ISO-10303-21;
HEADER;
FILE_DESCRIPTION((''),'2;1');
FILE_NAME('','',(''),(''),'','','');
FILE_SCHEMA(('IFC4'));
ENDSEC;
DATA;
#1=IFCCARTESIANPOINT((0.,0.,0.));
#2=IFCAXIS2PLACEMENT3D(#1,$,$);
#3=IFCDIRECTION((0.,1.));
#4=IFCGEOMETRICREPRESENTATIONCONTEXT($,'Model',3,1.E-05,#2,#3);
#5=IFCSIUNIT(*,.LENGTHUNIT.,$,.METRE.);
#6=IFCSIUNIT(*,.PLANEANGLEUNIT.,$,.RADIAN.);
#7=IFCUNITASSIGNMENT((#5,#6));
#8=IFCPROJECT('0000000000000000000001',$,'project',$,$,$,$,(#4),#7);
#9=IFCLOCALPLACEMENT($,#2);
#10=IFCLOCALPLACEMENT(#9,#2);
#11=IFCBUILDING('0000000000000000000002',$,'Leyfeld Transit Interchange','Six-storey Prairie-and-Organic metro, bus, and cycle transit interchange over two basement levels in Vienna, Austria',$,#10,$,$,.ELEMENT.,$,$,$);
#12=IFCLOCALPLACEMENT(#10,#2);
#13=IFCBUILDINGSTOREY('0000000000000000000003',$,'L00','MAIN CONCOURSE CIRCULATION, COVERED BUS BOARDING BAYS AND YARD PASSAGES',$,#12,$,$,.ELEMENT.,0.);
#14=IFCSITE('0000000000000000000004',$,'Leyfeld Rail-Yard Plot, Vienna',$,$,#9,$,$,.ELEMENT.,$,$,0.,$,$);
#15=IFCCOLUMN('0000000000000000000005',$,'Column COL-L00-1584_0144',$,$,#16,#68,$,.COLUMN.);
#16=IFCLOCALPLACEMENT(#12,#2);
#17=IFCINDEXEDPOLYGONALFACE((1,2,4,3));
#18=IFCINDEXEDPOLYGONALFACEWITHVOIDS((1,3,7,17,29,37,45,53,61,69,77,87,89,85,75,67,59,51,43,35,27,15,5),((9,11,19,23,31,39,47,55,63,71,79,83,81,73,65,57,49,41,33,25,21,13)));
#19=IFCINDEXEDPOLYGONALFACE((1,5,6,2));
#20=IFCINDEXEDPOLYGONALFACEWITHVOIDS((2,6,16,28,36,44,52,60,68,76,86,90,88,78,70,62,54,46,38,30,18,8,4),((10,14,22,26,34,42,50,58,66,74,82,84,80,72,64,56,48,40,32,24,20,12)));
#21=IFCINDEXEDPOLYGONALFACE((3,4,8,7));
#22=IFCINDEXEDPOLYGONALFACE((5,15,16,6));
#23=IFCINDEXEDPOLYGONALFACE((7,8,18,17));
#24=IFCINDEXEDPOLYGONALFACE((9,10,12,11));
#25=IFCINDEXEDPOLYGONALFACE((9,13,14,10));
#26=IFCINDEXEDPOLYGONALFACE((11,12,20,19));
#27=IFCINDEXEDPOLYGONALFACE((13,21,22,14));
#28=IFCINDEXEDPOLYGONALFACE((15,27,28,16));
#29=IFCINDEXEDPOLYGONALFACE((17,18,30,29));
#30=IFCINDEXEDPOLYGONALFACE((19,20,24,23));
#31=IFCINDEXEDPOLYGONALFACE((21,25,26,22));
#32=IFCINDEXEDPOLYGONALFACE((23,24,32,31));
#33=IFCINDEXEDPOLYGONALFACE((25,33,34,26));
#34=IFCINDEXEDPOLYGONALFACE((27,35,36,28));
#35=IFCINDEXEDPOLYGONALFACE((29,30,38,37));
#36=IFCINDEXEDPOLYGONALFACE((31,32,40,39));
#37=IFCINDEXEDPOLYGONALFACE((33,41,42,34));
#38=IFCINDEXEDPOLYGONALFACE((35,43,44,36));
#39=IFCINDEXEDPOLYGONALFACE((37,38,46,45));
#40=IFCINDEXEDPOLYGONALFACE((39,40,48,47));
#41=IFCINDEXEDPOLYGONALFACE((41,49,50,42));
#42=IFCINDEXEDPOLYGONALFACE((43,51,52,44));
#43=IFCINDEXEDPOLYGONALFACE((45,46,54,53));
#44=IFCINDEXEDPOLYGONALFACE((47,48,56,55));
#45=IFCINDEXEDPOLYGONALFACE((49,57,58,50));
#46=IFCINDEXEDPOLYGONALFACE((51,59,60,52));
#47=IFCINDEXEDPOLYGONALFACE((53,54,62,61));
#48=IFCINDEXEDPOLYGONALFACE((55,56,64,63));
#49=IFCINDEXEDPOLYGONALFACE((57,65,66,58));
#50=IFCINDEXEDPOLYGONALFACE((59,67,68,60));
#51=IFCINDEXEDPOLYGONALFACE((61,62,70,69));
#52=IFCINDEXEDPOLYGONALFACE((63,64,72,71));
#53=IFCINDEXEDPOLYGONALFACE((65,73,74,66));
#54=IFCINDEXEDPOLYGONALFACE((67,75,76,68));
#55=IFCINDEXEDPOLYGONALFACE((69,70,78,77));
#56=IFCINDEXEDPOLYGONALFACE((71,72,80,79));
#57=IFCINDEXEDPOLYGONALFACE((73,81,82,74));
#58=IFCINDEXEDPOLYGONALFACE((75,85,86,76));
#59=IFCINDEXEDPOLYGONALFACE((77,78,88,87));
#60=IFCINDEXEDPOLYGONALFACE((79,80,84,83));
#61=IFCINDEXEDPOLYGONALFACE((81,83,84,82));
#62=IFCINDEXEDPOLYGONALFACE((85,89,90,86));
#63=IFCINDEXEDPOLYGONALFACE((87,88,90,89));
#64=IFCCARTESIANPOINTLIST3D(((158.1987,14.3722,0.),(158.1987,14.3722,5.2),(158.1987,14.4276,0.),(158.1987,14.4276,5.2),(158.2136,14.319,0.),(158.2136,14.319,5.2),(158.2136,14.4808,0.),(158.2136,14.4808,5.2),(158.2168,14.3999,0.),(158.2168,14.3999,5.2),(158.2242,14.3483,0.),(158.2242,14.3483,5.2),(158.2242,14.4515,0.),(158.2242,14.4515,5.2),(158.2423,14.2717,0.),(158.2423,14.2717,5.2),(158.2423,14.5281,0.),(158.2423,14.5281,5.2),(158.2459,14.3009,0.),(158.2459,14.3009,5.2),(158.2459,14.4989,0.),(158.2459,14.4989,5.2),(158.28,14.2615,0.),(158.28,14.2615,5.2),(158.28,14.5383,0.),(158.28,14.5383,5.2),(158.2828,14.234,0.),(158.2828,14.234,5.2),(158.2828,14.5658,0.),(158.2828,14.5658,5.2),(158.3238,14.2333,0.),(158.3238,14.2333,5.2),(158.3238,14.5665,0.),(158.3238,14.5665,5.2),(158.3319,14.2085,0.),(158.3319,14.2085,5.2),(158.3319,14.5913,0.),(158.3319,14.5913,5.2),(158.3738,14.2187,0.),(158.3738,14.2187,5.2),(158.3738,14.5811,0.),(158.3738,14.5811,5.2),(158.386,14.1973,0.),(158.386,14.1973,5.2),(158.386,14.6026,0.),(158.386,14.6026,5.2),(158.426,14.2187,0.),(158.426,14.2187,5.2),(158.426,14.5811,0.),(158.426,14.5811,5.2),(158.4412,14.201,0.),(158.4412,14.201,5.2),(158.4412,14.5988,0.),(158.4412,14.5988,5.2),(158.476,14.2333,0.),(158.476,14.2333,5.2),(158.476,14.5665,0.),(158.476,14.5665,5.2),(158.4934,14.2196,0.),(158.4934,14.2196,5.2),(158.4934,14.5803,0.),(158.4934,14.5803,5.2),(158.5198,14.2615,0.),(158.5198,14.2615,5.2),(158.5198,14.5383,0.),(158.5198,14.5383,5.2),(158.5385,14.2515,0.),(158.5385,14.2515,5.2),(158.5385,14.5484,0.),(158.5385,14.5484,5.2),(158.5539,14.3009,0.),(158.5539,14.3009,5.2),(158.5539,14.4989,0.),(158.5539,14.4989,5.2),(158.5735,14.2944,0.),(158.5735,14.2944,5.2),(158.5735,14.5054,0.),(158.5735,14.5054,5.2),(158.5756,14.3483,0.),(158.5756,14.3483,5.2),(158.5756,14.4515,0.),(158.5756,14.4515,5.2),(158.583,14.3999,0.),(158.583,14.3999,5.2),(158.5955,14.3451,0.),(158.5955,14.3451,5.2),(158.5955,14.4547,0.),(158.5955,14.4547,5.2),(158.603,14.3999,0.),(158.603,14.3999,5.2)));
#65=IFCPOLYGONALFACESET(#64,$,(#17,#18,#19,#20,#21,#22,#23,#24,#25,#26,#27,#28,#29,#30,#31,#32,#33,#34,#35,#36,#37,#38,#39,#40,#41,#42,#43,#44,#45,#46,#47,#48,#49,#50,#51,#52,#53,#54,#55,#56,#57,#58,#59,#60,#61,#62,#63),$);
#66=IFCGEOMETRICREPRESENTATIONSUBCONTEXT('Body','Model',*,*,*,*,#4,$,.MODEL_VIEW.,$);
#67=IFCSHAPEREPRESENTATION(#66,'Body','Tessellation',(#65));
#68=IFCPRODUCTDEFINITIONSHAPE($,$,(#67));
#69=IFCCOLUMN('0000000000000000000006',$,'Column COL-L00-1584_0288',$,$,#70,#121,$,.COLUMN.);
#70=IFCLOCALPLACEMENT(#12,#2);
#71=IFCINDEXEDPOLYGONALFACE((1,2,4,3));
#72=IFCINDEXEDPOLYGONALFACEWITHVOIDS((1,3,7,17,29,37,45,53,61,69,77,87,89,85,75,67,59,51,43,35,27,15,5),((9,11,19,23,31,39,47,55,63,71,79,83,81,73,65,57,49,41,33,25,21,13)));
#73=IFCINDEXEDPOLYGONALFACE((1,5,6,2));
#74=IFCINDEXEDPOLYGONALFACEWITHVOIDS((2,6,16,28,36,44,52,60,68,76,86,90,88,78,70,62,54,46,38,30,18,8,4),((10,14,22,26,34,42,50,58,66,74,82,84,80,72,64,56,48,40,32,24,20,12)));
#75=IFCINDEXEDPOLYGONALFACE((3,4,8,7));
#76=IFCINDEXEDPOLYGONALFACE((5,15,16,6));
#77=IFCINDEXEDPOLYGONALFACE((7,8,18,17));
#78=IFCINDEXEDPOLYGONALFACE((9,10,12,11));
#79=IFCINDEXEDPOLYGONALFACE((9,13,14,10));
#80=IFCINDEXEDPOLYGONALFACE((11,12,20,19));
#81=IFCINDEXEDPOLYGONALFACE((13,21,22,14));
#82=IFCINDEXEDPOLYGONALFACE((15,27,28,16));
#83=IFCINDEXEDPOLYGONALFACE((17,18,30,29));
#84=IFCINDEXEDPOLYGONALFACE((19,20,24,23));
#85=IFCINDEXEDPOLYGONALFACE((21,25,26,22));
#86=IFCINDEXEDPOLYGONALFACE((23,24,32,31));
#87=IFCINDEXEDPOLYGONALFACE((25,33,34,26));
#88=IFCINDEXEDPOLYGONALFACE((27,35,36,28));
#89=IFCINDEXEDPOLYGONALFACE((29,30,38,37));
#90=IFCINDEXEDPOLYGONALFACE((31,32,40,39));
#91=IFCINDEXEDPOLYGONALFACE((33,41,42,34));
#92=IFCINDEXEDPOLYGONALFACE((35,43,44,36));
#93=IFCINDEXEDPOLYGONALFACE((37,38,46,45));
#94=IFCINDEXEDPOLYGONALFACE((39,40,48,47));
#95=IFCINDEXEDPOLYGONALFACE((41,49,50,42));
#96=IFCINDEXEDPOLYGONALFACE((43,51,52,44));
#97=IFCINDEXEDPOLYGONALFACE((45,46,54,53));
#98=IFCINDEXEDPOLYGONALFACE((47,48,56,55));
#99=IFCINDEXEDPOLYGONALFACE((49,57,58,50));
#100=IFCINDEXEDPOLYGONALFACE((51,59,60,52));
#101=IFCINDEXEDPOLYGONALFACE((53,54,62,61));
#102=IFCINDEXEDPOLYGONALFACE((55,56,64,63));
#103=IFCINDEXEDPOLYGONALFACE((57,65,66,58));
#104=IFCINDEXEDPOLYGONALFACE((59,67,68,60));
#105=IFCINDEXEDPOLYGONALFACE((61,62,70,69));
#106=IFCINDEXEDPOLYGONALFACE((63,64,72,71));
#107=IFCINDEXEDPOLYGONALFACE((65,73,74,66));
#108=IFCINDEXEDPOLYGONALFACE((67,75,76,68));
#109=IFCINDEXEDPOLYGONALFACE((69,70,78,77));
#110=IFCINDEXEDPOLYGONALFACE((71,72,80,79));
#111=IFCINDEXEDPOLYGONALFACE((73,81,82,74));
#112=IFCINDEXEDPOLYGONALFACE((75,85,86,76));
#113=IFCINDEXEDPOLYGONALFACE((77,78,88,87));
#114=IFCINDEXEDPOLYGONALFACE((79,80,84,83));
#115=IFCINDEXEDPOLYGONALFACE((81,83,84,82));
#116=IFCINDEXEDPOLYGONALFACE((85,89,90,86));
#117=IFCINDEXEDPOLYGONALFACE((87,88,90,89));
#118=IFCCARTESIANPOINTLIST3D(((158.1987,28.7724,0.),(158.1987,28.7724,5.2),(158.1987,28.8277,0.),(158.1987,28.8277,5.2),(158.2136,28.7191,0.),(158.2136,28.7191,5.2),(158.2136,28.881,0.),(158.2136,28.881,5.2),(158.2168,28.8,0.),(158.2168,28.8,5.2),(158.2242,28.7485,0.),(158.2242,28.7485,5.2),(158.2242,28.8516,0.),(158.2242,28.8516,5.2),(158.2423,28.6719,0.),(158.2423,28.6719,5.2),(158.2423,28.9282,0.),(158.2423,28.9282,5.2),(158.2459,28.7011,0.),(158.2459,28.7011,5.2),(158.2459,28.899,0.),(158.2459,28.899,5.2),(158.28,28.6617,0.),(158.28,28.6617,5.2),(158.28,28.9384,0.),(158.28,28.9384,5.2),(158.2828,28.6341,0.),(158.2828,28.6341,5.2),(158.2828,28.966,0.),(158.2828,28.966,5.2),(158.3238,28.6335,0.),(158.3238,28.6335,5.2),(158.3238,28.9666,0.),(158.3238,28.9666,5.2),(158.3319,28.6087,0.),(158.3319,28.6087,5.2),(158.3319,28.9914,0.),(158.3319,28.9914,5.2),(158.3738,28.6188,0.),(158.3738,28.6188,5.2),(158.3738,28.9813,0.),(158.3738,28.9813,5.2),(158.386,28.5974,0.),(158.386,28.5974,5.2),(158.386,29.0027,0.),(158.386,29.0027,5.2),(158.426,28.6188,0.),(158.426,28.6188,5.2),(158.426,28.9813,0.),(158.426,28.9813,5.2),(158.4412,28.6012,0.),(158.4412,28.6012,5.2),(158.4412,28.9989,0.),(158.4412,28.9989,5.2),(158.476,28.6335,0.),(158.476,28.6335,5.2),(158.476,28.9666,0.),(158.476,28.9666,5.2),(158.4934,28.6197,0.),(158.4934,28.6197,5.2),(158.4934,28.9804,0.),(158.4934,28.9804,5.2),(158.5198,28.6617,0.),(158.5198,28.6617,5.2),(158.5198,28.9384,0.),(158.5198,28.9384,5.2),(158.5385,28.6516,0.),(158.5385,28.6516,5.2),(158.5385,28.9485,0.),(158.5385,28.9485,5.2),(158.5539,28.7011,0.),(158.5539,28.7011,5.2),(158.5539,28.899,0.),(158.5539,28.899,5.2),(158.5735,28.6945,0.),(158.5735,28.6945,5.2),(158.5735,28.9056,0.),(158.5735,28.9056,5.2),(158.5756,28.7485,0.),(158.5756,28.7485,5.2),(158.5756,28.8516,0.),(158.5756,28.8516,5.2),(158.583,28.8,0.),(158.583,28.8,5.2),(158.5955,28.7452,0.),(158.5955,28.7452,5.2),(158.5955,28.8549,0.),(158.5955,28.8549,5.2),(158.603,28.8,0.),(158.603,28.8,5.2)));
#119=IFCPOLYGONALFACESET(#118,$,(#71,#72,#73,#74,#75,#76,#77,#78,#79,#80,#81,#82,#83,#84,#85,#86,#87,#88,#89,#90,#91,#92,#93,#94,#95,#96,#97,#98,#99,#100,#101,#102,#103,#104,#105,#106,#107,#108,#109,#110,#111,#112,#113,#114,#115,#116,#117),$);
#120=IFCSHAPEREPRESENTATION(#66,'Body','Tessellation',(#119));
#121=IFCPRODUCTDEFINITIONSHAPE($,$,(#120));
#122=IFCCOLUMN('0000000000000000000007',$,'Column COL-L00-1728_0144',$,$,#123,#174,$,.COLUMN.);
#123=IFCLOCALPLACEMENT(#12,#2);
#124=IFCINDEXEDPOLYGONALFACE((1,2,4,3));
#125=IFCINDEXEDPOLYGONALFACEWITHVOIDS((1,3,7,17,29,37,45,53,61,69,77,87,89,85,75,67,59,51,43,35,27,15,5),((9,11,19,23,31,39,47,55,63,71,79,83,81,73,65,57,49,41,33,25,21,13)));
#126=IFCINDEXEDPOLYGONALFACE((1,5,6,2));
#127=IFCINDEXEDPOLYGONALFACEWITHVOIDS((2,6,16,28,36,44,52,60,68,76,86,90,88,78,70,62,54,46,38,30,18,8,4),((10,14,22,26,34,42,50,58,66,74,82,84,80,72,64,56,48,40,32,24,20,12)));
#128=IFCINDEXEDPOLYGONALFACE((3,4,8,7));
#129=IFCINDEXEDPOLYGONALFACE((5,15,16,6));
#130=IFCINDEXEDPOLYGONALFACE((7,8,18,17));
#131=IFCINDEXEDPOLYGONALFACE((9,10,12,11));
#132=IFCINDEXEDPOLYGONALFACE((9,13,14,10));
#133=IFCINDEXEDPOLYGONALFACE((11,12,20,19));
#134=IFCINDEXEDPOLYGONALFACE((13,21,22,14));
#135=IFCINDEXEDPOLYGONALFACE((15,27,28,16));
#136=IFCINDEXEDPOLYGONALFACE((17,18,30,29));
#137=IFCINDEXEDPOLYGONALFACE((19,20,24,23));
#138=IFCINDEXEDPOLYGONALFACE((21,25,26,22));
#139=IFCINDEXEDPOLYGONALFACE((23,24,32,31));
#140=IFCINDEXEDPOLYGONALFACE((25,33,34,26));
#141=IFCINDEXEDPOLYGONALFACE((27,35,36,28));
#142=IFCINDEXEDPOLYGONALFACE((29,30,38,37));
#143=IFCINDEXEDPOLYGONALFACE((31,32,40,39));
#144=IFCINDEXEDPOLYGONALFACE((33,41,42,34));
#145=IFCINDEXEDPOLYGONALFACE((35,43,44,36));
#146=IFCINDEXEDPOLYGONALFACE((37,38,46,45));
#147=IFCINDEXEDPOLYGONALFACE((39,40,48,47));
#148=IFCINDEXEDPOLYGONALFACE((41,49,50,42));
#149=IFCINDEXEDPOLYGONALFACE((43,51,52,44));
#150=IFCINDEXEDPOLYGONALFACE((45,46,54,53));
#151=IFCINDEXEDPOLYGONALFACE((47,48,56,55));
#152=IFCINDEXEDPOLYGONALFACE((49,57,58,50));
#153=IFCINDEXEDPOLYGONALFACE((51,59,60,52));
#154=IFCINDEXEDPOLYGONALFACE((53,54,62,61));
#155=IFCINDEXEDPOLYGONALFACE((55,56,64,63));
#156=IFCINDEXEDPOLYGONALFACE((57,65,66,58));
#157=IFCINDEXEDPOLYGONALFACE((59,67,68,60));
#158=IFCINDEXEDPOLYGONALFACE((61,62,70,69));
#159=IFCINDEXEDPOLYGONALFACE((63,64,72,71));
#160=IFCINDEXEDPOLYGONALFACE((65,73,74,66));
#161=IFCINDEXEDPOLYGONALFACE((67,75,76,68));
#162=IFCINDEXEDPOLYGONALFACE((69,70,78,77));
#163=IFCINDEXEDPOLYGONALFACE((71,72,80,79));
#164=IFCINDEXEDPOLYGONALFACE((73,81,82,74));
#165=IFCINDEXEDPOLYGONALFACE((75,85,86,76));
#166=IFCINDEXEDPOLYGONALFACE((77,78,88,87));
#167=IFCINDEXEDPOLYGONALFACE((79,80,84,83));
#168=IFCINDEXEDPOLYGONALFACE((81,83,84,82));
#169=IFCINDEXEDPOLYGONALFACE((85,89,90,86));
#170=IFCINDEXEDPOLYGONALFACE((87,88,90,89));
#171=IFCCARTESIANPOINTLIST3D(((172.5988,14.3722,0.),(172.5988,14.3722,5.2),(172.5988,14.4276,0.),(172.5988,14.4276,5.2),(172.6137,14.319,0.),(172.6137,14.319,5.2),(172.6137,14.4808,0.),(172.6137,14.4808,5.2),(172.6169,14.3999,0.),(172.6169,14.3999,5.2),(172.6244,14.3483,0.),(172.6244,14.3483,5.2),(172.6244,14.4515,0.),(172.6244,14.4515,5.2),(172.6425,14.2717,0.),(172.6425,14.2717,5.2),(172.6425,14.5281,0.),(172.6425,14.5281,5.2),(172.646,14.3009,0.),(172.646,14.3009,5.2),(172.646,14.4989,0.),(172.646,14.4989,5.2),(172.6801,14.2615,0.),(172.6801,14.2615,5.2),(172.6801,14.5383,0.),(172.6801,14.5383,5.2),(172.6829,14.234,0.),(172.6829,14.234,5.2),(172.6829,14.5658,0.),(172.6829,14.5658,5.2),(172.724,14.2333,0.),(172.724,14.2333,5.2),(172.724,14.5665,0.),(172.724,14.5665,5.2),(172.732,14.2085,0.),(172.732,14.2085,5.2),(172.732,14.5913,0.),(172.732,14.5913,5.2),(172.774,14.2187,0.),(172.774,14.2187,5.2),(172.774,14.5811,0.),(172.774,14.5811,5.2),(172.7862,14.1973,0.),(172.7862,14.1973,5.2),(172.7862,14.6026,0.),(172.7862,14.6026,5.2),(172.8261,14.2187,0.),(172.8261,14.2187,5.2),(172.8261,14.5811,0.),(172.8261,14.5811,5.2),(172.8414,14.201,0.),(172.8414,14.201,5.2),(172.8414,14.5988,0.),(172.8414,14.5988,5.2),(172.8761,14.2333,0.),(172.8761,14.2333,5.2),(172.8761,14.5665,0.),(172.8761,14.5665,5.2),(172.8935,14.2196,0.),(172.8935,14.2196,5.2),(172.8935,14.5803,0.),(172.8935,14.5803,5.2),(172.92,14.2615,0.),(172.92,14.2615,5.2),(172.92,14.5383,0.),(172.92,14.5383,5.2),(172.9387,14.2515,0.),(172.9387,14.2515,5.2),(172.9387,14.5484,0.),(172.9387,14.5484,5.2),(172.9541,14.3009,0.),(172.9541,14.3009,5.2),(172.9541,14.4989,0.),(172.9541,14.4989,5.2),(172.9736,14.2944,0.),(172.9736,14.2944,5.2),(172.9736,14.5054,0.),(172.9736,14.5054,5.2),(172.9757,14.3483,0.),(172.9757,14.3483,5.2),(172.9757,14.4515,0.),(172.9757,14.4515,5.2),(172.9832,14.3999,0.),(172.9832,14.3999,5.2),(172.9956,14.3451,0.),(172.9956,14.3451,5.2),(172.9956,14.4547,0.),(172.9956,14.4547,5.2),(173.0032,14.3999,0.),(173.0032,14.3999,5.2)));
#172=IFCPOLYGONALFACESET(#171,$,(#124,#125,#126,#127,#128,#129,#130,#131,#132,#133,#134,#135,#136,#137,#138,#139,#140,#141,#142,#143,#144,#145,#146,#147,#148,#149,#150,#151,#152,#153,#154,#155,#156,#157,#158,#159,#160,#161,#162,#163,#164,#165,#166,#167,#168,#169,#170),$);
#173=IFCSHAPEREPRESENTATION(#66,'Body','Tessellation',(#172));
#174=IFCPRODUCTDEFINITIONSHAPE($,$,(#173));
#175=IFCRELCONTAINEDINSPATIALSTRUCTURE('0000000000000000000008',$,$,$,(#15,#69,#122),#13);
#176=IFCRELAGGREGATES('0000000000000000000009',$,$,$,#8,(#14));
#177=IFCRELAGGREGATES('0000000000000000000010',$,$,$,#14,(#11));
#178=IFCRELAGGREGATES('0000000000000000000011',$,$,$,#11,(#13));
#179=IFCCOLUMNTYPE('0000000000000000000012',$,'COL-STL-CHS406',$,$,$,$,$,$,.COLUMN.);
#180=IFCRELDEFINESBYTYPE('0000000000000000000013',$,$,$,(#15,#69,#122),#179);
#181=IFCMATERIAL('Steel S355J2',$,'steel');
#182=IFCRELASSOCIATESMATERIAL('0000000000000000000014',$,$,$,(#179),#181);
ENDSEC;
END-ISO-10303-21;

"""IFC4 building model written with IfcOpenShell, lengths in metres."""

from ifc_helpers import new_model, si_unit, direction, frame, origin, origin_2d, place, context, subcontext, project, spatial, hollow_circle, extrude, material, material_profile, profile_set, type_object, element, save


model = new_model("IFC4")

# Units and contexts
model_context = context("Model", 3, precision=1e-05, world=origin(), true_north=direction((0.0, 1.0)))
body_context = subcontext(model_context, "Body", "Model", "MODEL_VIEW")
ifc_project = project(units=[si_unit("LENGTHUNIT", "METRE"), si_unit("PLANEANGLEUNIT", "RADIAN")], contexts=[model_context])

# Site, building, storey
site_placement = place(None, origin())
site = spatial("IfcSite", under=ifc_project, at=site_placement, Name="Leyfeld Rail-Yard Plot, Vienna", CompositionType="ELEMENT", RefElevation=0.0)
building_placement = place(site_placement, origin())
building = spatial("IfcBuilding", under=site, at=building_placement, Name="Leyfeld Transit Interchange", Description="Six-storey Prairie-and-Organic metro, bus, and cycle transit interchange over two basement levels in Vienna, Austria", CompositionType="ELEMENT")
storey_placement = place(building_placement, origin())
storey = spatial("IfcBuildingStorey", under=building, at=storey_placement, Name="L00", Description="MAIN CONCOURSE CIRCULATION, COVERED BUS BOARDING BAYS AND YARD PASSAGES", CompositionType="ELEMENT", Elevation=0.0)

# Columns
ifc_material_1 = material(Name="Steel S355J2", Category="steel")
ifc_material_profile_1 = material_profile(ifc_material_1, hollow_circle(Radius=0.2031, WallThickness=0.02, at=origin_2d()), Name="CHS 406.4x20")
ifc_profile_set_1 = profile_set([ifc_material_profile_1], Name="Steel S355J2")
column_type = type_object("IfcColumnType", Name="COL-STL-CHS406", PredefinedType="COLUMN", material=ifc_profile_set_1)
for number, where, z_axis, x_axis, name in (
    (1, (158.3999, 14.3999, 0.0), (0.0, 0.0, 1.0), (1.0, 0.0, 0.0), "Column COL-L00-1584_0144"),
    (2, (158.3999, 28.8, 0.0), (0.0, 0.0, 1.0), (1.0, 0.0, 0.0), "Column COL-L00-1584_0288"),
    (3, (172.8, 14.3999, 0.0), (0.0, 0.0, 1.0), (1.0, 0.0, 0.0), "Column COL-L00-1728_0144"),
):
    element("IfcColumn", number, at=place(storey_placement, frame(where, z_axis=z_axis, x_axis=x_axis)), inside=storey, type_object=column_type, Name=name, PredefinedType="COLUMN", context=body_context, shape_type="SweptSolid", body=[
        extrude(hollow_circle(Radius=0.2031, WallThickness=0.02, at=origin_2d()), origin(), (0.0, 0.0, 1.0), 5.2),
    ])

save(model, "model.ifc")
